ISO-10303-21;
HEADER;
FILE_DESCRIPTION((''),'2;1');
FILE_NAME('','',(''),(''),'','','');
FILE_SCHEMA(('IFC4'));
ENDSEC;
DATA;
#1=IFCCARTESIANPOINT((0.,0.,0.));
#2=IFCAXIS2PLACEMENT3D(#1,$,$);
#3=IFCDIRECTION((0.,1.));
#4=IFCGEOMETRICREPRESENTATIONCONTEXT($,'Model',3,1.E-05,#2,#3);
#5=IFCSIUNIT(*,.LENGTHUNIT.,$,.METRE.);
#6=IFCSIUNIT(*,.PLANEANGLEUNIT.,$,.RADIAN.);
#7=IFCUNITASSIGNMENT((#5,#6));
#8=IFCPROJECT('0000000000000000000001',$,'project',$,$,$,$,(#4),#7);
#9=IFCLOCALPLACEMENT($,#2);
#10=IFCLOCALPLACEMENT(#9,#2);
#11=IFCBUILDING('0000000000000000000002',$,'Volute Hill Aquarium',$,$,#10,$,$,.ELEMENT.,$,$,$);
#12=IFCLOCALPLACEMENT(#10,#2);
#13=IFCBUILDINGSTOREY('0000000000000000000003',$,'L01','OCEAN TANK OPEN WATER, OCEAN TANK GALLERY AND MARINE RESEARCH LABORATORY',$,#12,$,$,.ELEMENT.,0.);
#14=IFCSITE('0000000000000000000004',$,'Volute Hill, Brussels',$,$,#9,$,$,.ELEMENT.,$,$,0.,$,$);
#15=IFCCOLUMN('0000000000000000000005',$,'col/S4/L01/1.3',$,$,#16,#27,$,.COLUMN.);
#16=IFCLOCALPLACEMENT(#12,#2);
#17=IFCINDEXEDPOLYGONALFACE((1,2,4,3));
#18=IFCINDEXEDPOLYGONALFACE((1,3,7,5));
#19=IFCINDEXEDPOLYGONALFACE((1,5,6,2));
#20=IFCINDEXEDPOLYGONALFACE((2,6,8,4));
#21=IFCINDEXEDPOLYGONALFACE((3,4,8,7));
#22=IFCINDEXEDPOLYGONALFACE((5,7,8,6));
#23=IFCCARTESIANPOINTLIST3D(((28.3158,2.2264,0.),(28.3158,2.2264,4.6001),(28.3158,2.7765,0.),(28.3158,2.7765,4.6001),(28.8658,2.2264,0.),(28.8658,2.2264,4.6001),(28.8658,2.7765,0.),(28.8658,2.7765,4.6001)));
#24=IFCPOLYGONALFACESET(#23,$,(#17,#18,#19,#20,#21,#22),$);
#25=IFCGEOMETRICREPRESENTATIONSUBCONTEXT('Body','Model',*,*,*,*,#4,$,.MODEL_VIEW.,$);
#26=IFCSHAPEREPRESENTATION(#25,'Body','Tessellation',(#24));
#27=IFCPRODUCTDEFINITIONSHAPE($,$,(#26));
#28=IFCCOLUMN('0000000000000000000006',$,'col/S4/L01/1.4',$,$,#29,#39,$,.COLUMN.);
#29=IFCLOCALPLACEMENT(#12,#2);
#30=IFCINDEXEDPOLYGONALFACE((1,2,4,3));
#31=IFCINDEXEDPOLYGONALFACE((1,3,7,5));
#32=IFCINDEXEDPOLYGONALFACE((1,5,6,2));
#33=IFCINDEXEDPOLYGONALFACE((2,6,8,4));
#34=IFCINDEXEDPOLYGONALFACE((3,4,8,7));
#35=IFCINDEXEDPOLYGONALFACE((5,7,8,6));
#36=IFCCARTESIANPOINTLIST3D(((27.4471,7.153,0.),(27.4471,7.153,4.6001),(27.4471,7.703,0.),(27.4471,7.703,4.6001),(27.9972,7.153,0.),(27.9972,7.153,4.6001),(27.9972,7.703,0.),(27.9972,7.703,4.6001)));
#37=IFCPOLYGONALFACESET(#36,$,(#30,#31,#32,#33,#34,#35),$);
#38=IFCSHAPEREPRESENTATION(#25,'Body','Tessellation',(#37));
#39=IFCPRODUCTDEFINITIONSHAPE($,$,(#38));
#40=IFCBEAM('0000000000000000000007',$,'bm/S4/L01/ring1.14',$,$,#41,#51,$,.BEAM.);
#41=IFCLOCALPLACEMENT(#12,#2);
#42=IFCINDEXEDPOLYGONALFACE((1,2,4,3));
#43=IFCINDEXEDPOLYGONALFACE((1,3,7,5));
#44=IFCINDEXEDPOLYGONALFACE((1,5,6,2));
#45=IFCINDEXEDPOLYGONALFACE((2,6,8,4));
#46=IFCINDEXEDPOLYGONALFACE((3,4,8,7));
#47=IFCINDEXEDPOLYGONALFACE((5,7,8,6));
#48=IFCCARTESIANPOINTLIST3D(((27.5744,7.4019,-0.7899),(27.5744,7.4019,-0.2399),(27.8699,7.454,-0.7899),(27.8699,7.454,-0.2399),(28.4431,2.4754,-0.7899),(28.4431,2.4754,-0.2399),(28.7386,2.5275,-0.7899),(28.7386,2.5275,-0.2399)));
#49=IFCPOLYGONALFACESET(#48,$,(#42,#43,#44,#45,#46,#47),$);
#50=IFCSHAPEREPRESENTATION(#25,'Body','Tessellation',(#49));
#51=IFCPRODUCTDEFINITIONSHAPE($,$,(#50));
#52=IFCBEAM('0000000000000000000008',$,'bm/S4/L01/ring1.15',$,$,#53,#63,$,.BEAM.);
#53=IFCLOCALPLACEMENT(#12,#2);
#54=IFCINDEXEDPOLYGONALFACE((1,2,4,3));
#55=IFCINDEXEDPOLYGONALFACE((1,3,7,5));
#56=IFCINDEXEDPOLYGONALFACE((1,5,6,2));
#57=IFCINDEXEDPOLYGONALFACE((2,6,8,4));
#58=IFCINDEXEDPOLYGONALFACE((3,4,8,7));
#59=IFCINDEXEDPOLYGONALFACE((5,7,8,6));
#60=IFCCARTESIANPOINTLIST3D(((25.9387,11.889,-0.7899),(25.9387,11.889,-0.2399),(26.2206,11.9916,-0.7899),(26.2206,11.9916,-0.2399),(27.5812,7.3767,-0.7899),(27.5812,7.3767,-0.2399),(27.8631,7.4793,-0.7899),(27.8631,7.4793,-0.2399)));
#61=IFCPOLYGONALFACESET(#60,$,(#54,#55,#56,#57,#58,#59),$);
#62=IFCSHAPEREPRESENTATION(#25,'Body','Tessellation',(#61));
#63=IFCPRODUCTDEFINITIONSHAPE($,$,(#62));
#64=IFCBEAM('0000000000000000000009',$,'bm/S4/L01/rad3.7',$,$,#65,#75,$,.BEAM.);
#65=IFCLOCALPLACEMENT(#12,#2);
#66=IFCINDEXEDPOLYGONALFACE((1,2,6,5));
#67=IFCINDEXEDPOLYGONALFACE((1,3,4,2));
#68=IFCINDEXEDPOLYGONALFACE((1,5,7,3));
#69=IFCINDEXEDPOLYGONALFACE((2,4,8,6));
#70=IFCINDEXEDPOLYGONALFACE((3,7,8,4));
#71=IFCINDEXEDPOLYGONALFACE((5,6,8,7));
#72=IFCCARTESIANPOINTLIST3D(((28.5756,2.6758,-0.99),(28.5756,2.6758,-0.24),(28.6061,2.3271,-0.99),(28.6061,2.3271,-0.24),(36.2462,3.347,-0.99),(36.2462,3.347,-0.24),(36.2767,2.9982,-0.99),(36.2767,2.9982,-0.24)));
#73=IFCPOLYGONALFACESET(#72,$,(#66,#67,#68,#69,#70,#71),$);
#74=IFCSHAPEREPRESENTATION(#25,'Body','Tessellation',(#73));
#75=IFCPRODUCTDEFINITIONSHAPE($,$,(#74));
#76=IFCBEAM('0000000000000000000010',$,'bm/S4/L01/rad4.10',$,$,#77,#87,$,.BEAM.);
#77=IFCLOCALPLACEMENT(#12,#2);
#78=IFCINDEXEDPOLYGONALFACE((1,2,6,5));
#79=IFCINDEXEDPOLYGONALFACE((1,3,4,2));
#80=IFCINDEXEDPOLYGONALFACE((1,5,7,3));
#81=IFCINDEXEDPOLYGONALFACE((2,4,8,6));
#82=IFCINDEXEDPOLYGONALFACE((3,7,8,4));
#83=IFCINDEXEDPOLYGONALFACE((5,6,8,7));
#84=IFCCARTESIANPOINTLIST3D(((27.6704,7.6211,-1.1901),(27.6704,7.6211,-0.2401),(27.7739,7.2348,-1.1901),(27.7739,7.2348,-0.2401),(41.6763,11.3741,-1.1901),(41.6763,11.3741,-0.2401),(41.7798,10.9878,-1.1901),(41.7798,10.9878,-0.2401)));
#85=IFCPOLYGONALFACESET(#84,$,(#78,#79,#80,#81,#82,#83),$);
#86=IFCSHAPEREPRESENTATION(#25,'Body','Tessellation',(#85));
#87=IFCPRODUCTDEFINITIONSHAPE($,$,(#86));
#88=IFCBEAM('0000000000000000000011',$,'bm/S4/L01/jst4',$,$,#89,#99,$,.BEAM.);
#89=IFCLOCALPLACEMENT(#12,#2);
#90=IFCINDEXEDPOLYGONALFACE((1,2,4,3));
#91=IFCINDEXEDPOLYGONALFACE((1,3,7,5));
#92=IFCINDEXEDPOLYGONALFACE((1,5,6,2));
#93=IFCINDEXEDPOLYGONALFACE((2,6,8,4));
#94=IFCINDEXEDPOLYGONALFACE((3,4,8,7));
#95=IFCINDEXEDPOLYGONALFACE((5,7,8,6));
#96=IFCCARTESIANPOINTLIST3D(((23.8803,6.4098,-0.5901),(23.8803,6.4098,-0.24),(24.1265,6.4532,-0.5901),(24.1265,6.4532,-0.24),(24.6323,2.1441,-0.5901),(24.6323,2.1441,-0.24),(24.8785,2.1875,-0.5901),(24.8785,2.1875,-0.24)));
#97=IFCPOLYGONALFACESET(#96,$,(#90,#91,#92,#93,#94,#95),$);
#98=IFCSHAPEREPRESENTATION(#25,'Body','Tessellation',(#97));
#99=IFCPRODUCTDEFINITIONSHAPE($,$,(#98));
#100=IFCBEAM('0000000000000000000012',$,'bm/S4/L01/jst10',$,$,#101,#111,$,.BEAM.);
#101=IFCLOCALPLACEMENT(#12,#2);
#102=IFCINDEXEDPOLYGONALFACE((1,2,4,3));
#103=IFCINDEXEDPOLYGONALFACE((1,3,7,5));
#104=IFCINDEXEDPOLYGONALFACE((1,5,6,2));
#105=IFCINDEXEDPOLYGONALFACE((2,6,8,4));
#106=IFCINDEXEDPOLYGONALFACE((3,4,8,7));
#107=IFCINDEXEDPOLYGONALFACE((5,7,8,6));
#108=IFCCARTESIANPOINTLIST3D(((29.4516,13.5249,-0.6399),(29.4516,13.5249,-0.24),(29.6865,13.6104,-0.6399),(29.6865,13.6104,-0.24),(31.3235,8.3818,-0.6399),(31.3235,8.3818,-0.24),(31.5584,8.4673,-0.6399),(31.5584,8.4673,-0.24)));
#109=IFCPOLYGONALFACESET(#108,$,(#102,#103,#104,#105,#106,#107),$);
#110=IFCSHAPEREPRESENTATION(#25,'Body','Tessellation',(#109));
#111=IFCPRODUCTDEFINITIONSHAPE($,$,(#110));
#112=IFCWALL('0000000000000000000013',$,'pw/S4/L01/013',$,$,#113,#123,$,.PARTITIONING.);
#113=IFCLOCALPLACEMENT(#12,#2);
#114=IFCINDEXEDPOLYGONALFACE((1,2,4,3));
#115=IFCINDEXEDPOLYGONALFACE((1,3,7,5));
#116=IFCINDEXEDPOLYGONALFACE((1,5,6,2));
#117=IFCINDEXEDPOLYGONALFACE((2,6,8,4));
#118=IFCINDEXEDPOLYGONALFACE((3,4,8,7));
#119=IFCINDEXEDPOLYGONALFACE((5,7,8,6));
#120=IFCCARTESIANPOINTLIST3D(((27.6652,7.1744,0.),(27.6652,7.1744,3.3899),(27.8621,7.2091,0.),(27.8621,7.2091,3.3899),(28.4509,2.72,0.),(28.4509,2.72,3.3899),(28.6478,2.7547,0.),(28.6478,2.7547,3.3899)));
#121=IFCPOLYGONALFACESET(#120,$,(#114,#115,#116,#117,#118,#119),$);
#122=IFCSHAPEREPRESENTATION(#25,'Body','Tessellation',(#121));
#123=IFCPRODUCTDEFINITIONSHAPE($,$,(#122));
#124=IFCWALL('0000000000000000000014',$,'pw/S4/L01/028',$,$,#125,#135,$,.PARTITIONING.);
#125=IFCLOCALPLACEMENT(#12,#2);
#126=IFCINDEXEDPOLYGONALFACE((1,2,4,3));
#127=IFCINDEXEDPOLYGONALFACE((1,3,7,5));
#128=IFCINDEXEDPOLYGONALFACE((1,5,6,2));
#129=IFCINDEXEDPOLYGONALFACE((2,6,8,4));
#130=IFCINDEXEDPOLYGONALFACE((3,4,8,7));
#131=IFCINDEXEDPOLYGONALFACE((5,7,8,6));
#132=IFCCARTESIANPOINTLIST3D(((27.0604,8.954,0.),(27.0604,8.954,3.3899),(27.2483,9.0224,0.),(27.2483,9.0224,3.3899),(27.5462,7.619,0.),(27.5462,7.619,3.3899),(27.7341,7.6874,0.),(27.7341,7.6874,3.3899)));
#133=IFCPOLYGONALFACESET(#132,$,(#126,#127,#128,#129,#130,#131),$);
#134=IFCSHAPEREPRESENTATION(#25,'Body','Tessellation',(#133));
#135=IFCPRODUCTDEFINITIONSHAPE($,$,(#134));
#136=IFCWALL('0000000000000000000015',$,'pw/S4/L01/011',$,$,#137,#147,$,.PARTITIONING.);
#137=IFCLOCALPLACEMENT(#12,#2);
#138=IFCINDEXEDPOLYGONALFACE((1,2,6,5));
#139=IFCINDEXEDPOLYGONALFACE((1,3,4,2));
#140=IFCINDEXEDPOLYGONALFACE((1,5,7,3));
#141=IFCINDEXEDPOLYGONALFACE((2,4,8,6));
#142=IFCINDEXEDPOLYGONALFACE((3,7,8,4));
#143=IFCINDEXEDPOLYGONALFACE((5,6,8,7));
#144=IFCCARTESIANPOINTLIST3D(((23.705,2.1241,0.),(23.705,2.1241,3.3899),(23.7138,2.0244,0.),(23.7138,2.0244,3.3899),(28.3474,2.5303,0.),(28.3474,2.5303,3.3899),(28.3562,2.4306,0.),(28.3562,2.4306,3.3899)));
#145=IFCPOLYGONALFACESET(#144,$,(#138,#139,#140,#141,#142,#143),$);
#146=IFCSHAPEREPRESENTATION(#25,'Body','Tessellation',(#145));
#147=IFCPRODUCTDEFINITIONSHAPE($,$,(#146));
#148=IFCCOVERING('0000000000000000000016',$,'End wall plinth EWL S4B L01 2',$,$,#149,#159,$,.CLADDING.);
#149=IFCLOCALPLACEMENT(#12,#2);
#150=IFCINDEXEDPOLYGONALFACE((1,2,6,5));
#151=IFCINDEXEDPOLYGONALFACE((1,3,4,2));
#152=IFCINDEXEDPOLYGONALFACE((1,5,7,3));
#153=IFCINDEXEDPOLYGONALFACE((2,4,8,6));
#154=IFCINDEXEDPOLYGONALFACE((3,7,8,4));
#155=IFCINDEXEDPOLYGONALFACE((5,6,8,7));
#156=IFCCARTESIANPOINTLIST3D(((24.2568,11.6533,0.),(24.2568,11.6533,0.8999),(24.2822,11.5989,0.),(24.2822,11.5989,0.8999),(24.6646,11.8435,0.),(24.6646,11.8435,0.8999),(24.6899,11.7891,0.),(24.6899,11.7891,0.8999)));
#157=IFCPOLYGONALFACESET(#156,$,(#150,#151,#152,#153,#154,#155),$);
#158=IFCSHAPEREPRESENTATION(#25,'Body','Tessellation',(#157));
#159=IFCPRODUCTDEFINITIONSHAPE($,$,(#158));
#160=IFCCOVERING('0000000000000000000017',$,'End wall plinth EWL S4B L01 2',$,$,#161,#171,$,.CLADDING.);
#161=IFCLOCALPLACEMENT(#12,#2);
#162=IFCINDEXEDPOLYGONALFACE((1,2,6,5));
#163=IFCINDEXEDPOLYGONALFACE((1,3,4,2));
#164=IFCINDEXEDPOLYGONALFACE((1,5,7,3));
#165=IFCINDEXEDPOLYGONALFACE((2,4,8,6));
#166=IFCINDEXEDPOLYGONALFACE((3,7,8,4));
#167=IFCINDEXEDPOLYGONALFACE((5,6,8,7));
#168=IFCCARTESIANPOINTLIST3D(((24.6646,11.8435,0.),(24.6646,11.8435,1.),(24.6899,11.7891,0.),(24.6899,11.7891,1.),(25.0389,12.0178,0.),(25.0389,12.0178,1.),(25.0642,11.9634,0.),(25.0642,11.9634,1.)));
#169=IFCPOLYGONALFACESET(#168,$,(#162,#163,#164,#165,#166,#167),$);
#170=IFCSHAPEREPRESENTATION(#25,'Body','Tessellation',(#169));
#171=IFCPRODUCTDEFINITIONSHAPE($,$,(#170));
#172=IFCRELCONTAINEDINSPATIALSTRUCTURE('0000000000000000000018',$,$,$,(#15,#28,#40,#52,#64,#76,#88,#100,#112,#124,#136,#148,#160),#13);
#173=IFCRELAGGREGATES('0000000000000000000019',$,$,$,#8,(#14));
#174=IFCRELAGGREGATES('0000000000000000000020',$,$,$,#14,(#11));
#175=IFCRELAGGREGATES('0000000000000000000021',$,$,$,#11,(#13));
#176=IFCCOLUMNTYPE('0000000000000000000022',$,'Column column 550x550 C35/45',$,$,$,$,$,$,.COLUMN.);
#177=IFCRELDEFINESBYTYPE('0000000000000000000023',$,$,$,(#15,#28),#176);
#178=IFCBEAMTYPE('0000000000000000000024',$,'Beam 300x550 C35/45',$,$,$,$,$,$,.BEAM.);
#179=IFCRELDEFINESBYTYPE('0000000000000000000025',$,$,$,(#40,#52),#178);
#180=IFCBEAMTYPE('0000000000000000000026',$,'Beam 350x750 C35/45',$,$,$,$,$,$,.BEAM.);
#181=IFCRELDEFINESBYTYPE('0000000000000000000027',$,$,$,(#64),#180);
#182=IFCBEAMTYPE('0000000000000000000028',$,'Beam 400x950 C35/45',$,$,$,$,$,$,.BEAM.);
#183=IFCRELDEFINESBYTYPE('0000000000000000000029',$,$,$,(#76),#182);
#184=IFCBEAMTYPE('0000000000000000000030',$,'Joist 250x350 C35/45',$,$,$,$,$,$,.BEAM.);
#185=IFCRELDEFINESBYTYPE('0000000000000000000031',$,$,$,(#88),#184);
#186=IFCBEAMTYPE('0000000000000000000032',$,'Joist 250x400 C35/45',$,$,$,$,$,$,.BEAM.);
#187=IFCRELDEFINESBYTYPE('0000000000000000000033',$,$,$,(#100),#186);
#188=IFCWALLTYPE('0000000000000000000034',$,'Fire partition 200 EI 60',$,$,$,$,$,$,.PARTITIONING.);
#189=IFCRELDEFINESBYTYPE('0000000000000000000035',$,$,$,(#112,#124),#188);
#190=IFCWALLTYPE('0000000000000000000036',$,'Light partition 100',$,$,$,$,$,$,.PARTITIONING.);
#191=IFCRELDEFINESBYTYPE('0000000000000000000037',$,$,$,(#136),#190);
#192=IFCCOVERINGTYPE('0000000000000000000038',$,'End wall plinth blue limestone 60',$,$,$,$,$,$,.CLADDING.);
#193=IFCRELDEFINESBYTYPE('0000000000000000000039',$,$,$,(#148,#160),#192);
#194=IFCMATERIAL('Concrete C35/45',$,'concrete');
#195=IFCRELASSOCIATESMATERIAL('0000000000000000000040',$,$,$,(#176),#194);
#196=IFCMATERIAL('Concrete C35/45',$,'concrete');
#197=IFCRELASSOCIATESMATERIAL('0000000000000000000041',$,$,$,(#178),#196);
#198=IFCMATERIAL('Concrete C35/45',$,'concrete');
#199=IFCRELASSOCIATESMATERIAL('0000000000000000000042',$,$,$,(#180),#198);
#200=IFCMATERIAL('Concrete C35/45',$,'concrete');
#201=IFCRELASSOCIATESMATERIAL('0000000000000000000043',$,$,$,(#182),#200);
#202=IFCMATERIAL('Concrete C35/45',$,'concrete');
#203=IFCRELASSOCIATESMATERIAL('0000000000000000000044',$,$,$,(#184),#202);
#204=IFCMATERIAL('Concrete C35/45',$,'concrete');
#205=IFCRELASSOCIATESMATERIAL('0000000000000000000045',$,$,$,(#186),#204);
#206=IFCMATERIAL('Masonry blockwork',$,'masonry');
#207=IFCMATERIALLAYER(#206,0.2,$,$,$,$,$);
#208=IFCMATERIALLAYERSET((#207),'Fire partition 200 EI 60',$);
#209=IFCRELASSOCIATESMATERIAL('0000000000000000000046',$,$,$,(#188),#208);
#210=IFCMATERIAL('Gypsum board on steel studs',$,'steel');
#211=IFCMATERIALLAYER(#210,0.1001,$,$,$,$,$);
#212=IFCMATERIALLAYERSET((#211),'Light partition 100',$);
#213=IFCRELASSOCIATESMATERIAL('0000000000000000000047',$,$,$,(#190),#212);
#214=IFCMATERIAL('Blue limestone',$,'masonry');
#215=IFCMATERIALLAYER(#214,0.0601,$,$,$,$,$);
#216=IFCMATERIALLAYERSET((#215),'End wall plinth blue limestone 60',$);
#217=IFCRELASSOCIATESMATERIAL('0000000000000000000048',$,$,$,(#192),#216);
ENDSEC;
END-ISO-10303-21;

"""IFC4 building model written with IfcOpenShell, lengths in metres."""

from ifc_helpers import new_model, si_unit, direction, frame, frame_2d, origin, origin_2d, place, context, subcontext, project, spatial, polyline, rectangle, outline, extrude, material, layer, layer_set, material_profile, profile_set, type_object, element, save


model = new_model("IFC4")

# Units and contexts
model_context = context("Model", 3, precision=1e-05, world=origin(), true_north=direction((0.0, 1.0)))
body_context = subcontext(model_context, "Body", "Model", "MODEL_VIEW")
ifc_project = project(units=[si_unit("LENGTHUNIT", "METRE"), si_unit("PLANEANGLEUNIT", "RADIAN")], contexts=[model_context])

# Site, building, storey
site_placement = place(None, origin())
site = spatial("IfcSite", under=ifc_project, at=site_placement, Name="Volute Hill, Brussels", CompositionType="ELEMENT", RefElevation=0.0)
building_placement = place(site_placement, origin())
building = spatial("IfcBuilding", under=site, at=building_placement, Name="Volute Hill Aquarium", CompositionType="ELEMENT")
storey_placement = place(building_placement, origin())
storey = spatial("IfcBuildingStorey", under=building, at=storey_placement, Name="L01", Description="OCEAN TANK OPEN WATER, OCEAN TANK GALLERY AND MARINE RESEARCH LABORATORY", CompositionType="ELEMENT", Elevation=0.0)

# Columns
ifc_material_1 = material(Name="Concrete C35/45", Category="concrete")
ifc_material_profile_1 = material_profile(ifc_material_1, rectangle(XDim=0.55, YDim=0.55, at=origin_2d()), Name="RC column 550x550")
ifc_profile_set_1 = profile_set([ifc_material_profile_1], Name="Concrete C35/45")
column_type = type_object("IfcColumnType", Name="Column column 550x550 C35/45", PredefinedType="COLUMN", material=ifc_profile_set_1)
for number, where, z_axis, x_axis, name in (
    (1, (28.5908, 2.5015, 0.0), (0.0, 0.0, 1.0), (1.0, 0.0, 0.0), "col/S4/L01/1.3"),
    (2, (27.7222, 7.428, 0.0), (0.0, 0.0, 1.0), (1.0, 0.0, 0.0), "col/S4/L01/1.4"),
):
    element("IfcColumn", number, at=place(storey_placement, frame(where, z_axis=z_axis, x_axis=x_axis)), inside=storey, type_object=column_type, Name=name, PredefinedType="COLUMN", context=body_context, shape_type="SweptSolid", body=[
        extrude(rectangle(XDim=0.55, YDim=0.55, at=origin_2d()), origin(), (0.0, 0.0, 1.0), 4.6001),
    ])

# Beams
ifc_material_2 = material(Name="Concrete C35/45", Category="concrete")
ifc_material_profile_2 = material_profile(ifc_material_2, rectangle(XDim=0.3, YDim=0.55, at=origin_2d()), Name="RC beam 300x550")
ifc_profile_set_2 = profile_set([ifc_material_profile_2], Name="Concrete C35/45")
beam_type_1 = type_object("IfcBeamType", Name="Beam 300x550 C35/45", PredefinedType="BEAM", material=ifc_profile_set_2)
beam_1_placement = place(storey_placement, frame((28.5908, 2.5015, -0.5149), z_axis=(-0.173643, 0.984809, 0.0), x_axis=(-0.984809, -0.173643, 0.0)))
element("IfcBeam", 3, at=beam_1_placement, inside=storey, type_object=beam_type_1, Name="bm/S4/L01/ring1.14", PredefinedType="BEAM", context=body_context, shape_type="SweptSolid", body=[
    extrude(rectangle(XDim=0.3, YDim=0.55, at=origin_2d()), origin(), (0.0, 0.0, 1.0), 5.0024),
])
beam_2_placement = place(storey_placement, frame((27.7222, 7.428, -0.5149), z_axis=(-0.342053, 0.939681, 0.0), x_axis=(-0.939681, -0.342053, 0.0)))
element("IfcBeam", 4, at=beam_2_placement, inside=storey, type_object=beam_type_1, Name="bm/S4/L01/ring1.15", PredefinedType="BEAM", context=body_context, shape_type="SweptSolid", body=[
    extrude(rectangle(XDim=0.3, YDim=0.55, at=origin_2d()), origin(), (0.0, 0.0, 1.0), 4.802),
])
ifc_material_3 = material(Name="Concrete C35/45", Category="concrete")
ifc_material_profile_3 = material_profile(ifc_material_3, rectangle(XDim=0.3501, YDim=0.75, at=origin_2d()), Name="RC beam 350x750")
ifc_profile_set_3 = profile_set([ifc_material_profile_3], Name="Concrete C35/45")
beam_type_2 = type_object("IfcBeamType", Name="Beam 350x750 C35/45", PredefinedType="BEAM", material=ifc_profile_set_3)
beam_3_placement = place(storey_placement, frame((28.5908, 2.5015, -0.615), z_axis=(0.996194, 0.087162, 0.0), x_axis=(-0.087162, 0.996194, 0.0)))
element("IfcBeam", 5, at=beam_3_placement, inside=storey, type_object=beam_type_2, Name="bm/S4/L01/rad3.7", PredefinedType="BEAM", context=body_context, shape_type="SweptSolid", body=[
    extrude(rectangle(XDim=0.3501, YDim=0.75, at=origin_2d()), origin(), (0.0, 0.0, 1.0), 7.7),
])
ifc_material_4 = material(Name="Concrete C35/45", Category="concrete")
ifc_material_profile_4 = material_profile(ifc_material_4, rectangle(XDim=0.3999, YDim=0.95, at=origin_2d()), Name="RC beam 400x950")
ifc_profile_set_4 = profile_set([ifc_material_profile_4], Name="Concrete C35/45")
beam_type_3 = type_object("IfcBeamType", Name="Beam 400x950 C35/45", PredefinedType="BEAM", material=ifc_profile_set_4)
beam_4_placement = place(storey_placement, frame((27.7222, 7.428, -0.7151), z_axis=(0.965925, 0.258824, 0.0), x_axis=(-0.258824, 0.965925, 0.0)))
element("IfcBeam", 6, at=beam_4_placement, inside=storey, type_object=beam_type_3, Name="bm/S4/L01/rad4.10", PredefinedType="BEAM", context=body_context, shape_type="SweptSolid", body=[
    extrude(rectangle(XDim=0.3999, YDim=0.95, at=origin_2d()), origin(), (0.0, 0.0, 1.0), 14.5),
])
ifc_material_5 = material(Name="Concrete C35/45", Category="concrete")
ifc_material_profile_5 = material_profile(ifc_material_5, rectangle(XDim=0.25, YDim=0.3501, at=origin_2d()), Name="RC joist 250x350")
ifc_profile_set_5 = profile_set([ifc_material_profile_5], Name="Concrete C35/45")
beam_type_4 = type_object("IfcBeamType", Name="Joist 250x350 C35/45", PredefinedType="BEAM", material=ifc_profile_set_5)
beam_5_placement = place(storey_placement, frame((24.7554, 2.1658, -0.415), z_axis=(-0.173596, 0.984817, 0.0), x_axis=(-0.984817, -0.173596, 0.0)))
element("IfcBeam", 7, at=beam_5_placement, inside=storey, type_object=beam_type_4, Name="bm/S4/L01/jst4", PredefinedType="BEAM", context=body_context, shape_type="SweptSolid", body=[
    extrude(rectangle(XDim=0.25, YDim=0.3501, at=origin_2d()), origin(), (0.0, 0.0, 1.0), 4.3315),
])
ifc_material_6 = material(Name="Concrete C35/45", Category="concrete")
ifc_material_profile_6 = material_profile(ifc_material_6, rectangle(XDim=0.25, YDim=0.3999, at=origin_2d()), Name="RC joist 250x400")
ifc_profile_set_6 = profile_set([ifc_material_profile_6], Name="Concrete C35/45")
beam_type_5 = type_object("IfcBeamType", Name="Joist 250x400 C35/45", PredefinedType="BEAM", material=ifc_profile_set_6)
beam_6_placement = place(storey_placement, frame((31.4409, 8.4246, -0.4399), z_axis=(-0.342005, 0.939698, 0.0), x_axis=(-0.939698, -0.342005, 0.0)))
element("IfcBeam", 8, at=beam_6_placement, inside=storey, type_object=beam_type_5, Name="bm/S4/L01/jst10", PredefinedType="BEAM", context=body_context, shape_type="SweptSolid", body=[
    extrude(rectangle(XDim=0.25, YDim=0.3999, at=origin_2d()), origin(), (0.0, 0.0, 1.0), 5.4731),
])

# Walls
ifc_material_7 = material(Name="Masonry blockwork", Category="masonry")
ifc_layer_1 = layer(ifc_material_7, 0.2)
ifc_layer_set_1 = layer_set([ifc_layer_1], Name="Fire partition 200 EI 60")
wall_type_1 = type_object("IfcWallType", Name="Fire partition 200 EI 60", PredefinedType="PARTITIONING", material=ifc_layer_set_1)
wall_1_placement = place(storey_placement, frame((27.7637, 7.1919, 0.0), z_axis=(0.0, 0.0, 1.0), x_axis=(0.173696, -0.984799, 0.0)))
element("IfcWall", 9, at=wall_1_placement, inside=storey, type_object=wall_type_1, Name="pw/S4/L01/013", PredefinedType="PARTITIONING", context=body_context, shape_type="SweptSolid", body=[
    extrude(rectangle(XDim=4.5232, YDim=0.2, at=frame_2d((2.2617, 0.0))), origin(), (0.0, 0.0, 1.0), 3.3899),
])
wall_2_placement = place(storey_placement, frame((27.1543, 8.9883, 0.0), z_axis=(0.0, 0.0, 1.0), x_axis=(0.341991, -0.939703, 0.0)))
element("IfcWall", 10, at=wall_2_placement, inside=storey, type_object=wall_type_1, Name="pw/S4/L01/028", PredefinedType="PARTITIONING", context=body_context, shape_type="SweptSolid", body=[
    extrude(rectangle(XDim=1.4207, YDim=0.2, at=frame_2d((0.7104, 0.0))), origin(), (0.0, 0.0, 1.0), 3.3899),
])
ifc_material_8 = material(Name="Gypsum board on steel studs", Category="steel")
ifc_layer_2 = layer(ifc_material_8, 0.1001)
ifc_layer_set_2 = layer_set([ifc_layer_2], Name="Light partition 100")
wall_type_2 = type_object("IfcWallType", Name="Light partition 100", PredefinedType="PARTITIONING", material=ifc_layer_set_2)
wall_3_placement = place(storey_placement, frame((28.3518, 2.4805, 0.0), z_axis=(0.0, 0.0, 1.0), x_axis=(-0.996193, -0.087177, 0.0)))
element("IfcWall", 11, at=wall_3_placement, inside=storey, type_object=wall_type_2, Name="pw/S4/L01/011", PredefinedType="PARTITIONING", context=body_context, shape_type="SweptSolid", body=[
    extrude(rectangle(XDim=4.6602, YDim=0.1001, at=frame_2d((2.3301, 0.0))), origin(), (0.0, 0.0, 1.0), 3.3899),
])

# Coverings
ifc_material_9 = material(Name="Blue limestone", Category="masonry")
ifc_layer_3 = layer(ifc_material_9, 0.0601)
ifc_layer_set_3 = layer_set([ifc_layer_3], Name="End wall plinth blue limestone 60")
covering_type_1 = type_object("IfcCoveringType", Name="End wall plinth blue limestone 60", PredefinedType="CLADDING", material=ifc_layer_set_3)
covering_1_placement = place(storey_placement, frame((24.2822, 11.5989, 0.0), z_axis=(0.422737, -0.906252, 0.0), x_axis=(0.906252, 0.422737, 0.0)))
element("IfcCovering", 12, at=covering_1_placement, inside=storey, type_object=covering_type_1, Name="End wall plinth EWL S4B L01 2", PredefinedType="CLADDING", context=body_context, shape_type="SweptSolid", body=[
    extrude(outline(polyline([(0.0, 0.0), (0.4499, 0.0), (0.4499, 0.8999), (0.0, 0.8999), (0.0, 0.0)])), origin(), (0.0, 0.0, -1.0), 0.0601),
])
covering_2_placement = place(storey_placement, frame((24.6899, 11.7891, 0.0), z_axis=(0.422206, -0.9065, 0.0), x_axis=(0.9065, 0.422206, 0.0)))
element("IfcCovering", 13, at=covering_2_placement, inside=storey, type_object=covering_type_1, Name="End wall plinth EWL S4B L01 2", PredefinedType="CLADDING", context=body_context, shape_type="SweptSolid", body=[
    extrude(outline(polyline([(0.0, 0.0), (0.4129, 0.0), (0.4129, 1.0), (0.0, 1.0), (0.0, 0.0)])), origin(), (0.0, 0.0, -1.0), 0.0601),
])

save(model, "model.ifc")
